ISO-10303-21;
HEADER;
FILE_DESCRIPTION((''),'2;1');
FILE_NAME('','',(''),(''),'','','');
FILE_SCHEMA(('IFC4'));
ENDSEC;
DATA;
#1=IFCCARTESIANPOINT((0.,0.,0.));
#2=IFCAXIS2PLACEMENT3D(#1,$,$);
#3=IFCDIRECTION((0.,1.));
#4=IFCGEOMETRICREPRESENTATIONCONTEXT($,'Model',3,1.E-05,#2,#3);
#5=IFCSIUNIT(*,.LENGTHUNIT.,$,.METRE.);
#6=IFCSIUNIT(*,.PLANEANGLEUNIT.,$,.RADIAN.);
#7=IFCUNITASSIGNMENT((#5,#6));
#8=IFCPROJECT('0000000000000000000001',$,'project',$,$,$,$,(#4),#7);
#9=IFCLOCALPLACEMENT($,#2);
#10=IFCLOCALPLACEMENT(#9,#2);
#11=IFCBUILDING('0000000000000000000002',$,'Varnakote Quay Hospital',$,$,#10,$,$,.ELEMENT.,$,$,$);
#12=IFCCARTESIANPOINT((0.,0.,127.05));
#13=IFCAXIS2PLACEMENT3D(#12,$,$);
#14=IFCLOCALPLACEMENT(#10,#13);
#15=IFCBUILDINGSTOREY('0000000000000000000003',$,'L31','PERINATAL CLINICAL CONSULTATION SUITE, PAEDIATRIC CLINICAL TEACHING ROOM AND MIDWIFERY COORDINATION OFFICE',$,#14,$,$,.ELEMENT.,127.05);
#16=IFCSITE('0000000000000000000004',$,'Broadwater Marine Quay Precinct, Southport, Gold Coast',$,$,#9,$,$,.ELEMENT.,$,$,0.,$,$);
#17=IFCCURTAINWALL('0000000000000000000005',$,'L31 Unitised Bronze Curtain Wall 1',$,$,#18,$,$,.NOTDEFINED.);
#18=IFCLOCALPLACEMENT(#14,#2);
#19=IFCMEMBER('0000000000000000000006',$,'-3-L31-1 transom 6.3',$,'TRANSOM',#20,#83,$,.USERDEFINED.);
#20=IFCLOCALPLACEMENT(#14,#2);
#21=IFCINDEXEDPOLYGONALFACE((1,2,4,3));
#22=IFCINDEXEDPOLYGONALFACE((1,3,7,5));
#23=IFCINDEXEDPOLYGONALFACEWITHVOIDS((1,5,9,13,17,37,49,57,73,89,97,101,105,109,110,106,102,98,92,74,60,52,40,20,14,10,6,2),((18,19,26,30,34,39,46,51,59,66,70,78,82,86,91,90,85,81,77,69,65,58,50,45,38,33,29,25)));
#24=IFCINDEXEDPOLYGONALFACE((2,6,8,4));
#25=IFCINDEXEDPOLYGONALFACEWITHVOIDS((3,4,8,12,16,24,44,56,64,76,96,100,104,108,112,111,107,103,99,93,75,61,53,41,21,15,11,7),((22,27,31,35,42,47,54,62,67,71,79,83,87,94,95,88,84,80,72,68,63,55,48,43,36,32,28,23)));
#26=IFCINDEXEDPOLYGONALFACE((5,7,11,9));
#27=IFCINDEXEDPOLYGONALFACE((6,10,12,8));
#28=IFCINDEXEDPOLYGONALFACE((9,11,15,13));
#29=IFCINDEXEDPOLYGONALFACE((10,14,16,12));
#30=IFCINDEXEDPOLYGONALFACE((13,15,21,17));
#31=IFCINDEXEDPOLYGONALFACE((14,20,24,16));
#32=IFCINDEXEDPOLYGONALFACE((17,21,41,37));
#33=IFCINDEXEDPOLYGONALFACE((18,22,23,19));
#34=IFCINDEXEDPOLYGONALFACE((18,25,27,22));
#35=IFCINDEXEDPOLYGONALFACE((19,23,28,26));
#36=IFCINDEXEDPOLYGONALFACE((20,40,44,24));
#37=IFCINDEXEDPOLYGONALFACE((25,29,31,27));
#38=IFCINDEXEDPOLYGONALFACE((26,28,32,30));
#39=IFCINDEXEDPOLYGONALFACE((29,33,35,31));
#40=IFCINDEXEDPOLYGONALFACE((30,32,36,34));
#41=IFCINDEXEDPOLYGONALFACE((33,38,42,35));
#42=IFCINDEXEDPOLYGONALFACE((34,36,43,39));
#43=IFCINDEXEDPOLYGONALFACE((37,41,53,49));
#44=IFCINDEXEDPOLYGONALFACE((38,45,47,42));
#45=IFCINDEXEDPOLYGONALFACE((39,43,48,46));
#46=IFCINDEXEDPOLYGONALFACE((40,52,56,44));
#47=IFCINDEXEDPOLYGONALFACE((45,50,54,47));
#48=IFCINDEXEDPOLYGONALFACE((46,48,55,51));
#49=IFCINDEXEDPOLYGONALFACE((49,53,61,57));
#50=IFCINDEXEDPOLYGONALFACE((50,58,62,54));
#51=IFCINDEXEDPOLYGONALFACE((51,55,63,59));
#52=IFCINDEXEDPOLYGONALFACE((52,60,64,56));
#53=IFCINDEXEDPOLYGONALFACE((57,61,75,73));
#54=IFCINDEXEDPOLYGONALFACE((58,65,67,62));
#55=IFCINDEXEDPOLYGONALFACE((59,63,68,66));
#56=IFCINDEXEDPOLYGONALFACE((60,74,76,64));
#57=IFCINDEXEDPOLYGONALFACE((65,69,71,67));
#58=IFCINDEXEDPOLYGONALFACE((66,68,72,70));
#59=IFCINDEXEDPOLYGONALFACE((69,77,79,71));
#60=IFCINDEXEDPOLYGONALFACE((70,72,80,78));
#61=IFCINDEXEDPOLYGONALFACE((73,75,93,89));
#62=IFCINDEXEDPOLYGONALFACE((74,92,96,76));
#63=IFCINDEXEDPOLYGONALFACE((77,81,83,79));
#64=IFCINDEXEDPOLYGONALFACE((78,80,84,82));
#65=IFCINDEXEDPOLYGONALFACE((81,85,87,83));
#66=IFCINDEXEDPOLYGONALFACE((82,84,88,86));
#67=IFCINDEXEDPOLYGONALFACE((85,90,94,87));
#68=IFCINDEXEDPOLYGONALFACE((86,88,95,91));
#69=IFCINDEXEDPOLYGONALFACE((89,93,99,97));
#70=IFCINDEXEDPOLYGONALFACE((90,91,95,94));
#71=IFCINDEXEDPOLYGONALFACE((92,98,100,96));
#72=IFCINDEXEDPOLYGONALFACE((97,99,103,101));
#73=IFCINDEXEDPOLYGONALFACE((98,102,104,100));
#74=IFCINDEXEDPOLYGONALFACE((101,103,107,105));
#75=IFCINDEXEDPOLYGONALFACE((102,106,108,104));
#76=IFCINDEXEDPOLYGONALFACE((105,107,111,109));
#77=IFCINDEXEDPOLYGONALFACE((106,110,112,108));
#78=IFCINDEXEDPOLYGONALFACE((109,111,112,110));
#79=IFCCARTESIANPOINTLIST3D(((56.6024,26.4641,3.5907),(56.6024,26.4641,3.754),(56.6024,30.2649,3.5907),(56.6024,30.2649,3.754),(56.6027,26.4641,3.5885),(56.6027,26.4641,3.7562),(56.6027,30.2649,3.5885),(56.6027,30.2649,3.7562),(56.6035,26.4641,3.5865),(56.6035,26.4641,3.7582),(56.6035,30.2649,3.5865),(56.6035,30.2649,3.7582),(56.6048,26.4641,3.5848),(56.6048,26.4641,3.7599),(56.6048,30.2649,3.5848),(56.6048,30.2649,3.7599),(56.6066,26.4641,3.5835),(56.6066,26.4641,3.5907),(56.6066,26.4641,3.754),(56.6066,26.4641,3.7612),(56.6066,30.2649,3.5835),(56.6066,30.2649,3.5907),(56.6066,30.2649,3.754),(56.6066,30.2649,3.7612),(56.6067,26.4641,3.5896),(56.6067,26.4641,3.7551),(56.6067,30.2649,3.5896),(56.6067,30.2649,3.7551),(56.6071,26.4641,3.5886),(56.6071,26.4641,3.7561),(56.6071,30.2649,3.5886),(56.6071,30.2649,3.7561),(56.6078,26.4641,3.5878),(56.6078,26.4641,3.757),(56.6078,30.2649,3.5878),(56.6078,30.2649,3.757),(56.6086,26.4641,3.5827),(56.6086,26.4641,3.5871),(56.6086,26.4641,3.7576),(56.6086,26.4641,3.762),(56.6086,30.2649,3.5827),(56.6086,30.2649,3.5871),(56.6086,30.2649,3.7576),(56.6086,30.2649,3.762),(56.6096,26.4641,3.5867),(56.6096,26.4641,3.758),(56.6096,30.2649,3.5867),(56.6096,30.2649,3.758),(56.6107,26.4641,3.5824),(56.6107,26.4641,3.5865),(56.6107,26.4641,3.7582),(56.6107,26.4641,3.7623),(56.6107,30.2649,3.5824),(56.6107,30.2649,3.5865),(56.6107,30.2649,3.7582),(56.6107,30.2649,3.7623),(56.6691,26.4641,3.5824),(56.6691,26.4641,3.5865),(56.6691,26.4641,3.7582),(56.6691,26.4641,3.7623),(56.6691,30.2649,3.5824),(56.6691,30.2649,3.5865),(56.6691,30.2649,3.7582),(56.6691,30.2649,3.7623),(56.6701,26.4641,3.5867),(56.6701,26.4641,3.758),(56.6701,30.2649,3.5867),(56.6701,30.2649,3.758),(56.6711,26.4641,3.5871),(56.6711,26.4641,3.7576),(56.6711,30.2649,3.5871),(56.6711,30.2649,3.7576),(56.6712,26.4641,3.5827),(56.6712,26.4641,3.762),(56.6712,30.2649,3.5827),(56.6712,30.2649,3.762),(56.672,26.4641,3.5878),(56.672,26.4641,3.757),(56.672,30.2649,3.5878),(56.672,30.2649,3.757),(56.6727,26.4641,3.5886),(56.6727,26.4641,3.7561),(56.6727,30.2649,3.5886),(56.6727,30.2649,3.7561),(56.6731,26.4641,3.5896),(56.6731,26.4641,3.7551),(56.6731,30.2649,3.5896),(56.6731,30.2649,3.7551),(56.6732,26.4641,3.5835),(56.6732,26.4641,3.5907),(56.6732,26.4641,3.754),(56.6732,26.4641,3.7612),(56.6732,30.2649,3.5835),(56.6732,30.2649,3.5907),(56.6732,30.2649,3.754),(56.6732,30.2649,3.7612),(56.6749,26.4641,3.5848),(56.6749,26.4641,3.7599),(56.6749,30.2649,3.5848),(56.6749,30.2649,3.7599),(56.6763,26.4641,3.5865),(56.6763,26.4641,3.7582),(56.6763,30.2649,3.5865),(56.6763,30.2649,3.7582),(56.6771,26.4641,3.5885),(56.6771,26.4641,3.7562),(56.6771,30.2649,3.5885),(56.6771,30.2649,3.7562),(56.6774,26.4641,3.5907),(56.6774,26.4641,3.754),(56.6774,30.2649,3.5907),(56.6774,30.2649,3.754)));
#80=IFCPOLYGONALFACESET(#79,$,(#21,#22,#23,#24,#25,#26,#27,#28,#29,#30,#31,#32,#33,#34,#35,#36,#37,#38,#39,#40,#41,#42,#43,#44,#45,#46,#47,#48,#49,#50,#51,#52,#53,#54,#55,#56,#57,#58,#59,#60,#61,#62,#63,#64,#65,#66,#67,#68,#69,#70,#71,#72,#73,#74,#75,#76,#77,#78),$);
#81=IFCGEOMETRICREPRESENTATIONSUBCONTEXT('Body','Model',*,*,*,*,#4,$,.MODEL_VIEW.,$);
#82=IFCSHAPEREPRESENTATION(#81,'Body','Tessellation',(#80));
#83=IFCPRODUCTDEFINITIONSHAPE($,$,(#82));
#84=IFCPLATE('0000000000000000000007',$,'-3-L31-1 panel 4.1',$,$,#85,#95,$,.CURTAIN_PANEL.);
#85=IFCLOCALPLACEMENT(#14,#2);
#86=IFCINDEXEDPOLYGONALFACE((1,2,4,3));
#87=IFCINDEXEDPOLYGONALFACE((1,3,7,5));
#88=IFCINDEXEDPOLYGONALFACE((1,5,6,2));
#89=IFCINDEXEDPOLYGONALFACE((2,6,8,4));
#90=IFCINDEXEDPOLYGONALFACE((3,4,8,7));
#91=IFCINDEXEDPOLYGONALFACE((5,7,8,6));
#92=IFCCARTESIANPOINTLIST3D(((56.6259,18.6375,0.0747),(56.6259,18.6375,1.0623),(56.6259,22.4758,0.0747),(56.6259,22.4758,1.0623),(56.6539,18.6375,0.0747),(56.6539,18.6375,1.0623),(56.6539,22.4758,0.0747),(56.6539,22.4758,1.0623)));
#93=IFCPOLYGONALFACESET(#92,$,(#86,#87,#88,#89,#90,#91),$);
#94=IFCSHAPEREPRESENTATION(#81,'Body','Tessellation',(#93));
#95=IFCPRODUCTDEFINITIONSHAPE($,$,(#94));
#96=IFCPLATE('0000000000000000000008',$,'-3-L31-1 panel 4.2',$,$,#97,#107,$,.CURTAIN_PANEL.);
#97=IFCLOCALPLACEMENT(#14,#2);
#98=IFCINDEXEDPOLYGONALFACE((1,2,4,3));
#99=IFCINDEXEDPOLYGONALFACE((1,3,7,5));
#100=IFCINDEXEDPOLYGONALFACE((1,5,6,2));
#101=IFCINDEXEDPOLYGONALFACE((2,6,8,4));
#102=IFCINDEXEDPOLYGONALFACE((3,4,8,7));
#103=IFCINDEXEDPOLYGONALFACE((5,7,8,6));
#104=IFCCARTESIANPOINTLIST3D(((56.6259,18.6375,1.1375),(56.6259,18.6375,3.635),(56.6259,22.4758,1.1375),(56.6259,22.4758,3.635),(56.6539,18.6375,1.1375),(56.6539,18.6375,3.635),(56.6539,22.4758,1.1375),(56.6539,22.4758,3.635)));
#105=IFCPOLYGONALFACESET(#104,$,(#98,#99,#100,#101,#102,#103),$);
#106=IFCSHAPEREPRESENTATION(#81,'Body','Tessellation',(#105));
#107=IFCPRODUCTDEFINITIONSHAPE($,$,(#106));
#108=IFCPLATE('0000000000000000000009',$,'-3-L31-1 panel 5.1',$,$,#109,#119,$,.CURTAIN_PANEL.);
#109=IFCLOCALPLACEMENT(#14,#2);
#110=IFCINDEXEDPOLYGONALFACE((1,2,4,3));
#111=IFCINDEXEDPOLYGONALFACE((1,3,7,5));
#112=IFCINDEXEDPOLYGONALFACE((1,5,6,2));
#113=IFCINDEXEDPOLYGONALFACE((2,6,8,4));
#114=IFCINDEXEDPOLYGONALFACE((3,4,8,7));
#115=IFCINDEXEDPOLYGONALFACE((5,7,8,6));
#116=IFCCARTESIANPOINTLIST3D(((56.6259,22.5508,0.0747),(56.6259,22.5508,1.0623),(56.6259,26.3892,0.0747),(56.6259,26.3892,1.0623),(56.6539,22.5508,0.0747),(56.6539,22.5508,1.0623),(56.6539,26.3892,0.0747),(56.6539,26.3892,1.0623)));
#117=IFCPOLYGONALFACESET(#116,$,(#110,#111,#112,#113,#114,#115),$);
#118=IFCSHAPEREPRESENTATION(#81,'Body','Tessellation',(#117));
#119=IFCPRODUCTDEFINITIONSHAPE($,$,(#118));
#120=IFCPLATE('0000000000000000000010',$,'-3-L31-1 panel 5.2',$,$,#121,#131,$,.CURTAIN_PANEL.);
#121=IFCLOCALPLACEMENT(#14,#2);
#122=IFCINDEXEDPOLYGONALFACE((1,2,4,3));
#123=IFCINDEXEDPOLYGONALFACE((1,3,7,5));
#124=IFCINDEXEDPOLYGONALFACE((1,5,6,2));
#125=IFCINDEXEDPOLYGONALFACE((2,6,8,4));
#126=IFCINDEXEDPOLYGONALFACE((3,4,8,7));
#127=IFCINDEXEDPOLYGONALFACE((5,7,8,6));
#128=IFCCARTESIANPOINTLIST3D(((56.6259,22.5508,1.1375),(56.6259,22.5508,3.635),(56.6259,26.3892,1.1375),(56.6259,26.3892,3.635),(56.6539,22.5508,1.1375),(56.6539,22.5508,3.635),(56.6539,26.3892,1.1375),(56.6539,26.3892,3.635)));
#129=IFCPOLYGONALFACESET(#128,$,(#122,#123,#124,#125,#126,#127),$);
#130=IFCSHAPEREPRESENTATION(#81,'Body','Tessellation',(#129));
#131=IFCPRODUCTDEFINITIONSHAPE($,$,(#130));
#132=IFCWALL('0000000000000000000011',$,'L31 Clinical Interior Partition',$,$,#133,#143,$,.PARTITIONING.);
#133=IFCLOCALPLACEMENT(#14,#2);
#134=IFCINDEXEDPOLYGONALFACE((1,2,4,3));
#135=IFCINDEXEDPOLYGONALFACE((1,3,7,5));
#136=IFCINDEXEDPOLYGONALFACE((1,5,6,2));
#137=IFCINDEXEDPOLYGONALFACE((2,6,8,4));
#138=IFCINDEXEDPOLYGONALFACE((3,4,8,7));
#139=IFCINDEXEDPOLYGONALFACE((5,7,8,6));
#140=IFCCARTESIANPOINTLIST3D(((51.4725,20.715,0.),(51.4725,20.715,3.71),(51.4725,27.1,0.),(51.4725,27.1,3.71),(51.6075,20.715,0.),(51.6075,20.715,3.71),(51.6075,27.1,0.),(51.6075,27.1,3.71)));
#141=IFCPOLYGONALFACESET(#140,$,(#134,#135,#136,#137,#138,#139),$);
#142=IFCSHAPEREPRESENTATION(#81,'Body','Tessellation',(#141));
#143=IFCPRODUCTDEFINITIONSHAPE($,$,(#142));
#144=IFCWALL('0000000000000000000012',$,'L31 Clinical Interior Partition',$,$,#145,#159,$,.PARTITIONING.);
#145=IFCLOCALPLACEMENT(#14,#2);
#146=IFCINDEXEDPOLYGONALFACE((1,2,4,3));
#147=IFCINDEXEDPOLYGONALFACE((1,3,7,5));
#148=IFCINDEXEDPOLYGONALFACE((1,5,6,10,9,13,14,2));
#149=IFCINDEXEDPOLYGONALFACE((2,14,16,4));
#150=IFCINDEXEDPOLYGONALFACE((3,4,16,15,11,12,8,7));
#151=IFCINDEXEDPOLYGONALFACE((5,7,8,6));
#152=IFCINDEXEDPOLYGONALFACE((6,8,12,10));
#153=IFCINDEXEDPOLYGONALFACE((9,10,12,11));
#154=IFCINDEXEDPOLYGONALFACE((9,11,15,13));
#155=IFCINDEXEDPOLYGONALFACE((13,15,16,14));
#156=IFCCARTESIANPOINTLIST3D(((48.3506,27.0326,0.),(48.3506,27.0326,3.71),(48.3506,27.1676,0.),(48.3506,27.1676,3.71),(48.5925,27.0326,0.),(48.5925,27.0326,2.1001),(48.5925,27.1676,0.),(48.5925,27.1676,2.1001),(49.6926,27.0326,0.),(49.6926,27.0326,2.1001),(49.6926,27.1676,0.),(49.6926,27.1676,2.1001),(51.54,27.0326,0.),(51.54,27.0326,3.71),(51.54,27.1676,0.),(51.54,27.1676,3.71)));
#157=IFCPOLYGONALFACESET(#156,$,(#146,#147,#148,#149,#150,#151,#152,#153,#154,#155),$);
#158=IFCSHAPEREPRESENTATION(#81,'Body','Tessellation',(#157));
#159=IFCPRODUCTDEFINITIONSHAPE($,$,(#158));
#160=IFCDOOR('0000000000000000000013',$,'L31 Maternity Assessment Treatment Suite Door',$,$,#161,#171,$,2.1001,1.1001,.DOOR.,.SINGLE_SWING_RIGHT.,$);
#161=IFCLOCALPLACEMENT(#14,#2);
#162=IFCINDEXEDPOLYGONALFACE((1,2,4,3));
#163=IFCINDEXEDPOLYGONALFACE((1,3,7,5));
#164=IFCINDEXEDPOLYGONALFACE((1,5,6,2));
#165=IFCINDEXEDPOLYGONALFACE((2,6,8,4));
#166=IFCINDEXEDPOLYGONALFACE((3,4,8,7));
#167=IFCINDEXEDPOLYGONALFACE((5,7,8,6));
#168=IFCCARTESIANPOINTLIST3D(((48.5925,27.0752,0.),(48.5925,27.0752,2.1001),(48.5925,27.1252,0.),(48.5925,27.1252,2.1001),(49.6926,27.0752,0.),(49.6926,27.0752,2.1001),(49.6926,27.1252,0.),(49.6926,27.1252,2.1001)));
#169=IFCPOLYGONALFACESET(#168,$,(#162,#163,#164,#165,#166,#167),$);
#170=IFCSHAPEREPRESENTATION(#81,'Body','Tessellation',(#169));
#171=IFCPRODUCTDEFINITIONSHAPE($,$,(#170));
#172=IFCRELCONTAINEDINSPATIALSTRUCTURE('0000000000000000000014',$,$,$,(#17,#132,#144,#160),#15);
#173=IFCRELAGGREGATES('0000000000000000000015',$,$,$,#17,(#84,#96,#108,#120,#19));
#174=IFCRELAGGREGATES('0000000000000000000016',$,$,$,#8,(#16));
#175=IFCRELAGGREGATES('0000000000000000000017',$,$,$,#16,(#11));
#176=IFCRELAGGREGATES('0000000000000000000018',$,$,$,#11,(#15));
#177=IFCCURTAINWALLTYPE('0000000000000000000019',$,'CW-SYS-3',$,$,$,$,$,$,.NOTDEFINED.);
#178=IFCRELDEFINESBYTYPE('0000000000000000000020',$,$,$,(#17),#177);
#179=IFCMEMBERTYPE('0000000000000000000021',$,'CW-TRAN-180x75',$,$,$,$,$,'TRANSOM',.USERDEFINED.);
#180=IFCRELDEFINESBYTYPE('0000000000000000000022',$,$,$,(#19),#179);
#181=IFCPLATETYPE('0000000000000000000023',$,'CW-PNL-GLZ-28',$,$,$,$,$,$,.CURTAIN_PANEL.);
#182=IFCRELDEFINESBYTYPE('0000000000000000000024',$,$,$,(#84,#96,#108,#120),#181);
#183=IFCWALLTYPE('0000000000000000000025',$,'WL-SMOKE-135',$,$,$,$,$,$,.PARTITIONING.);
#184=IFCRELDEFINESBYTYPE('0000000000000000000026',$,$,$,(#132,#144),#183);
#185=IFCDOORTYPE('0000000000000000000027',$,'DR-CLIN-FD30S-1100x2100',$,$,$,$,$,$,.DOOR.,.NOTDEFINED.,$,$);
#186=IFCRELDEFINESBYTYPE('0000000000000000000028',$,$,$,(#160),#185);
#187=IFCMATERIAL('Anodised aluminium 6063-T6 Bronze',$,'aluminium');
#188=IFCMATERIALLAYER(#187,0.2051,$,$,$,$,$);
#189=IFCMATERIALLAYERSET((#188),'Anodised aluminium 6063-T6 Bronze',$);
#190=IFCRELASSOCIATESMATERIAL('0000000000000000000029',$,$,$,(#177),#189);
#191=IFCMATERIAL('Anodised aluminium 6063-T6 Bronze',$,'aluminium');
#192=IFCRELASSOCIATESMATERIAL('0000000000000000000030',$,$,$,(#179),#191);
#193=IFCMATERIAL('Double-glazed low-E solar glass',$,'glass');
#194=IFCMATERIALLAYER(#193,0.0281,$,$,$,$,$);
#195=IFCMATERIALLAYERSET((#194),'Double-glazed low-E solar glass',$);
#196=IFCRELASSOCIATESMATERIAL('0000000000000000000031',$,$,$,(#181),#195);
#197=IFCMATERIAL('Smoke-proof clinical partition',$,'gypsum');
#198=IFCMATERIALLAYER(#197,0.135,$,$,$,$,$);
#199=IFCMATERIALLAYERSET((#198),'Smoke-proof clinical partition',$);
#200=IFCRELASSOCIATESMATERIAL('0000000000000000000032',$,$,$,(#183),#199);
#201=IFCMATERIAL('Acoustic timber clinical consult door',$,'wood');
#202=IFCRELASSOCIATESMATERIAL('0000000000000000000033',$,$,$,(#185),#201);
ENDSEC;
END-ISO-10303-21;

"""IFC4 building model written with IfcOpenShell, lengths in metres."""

from ifc_helpers import new_model, si_unit, direction, frame, frame_2d, origin, origin_2d, place, context, subcontext, project, spatial, rectangle, hollow_rectangle, extrude, material, layer, layer_set, material_profile, profile_set, type_object, element, fill, aggregate, save


model = new_model("IFC4")

# Units and contexts
model_context = context("Model", 3, precision=1e-05, world=origin(), true_north=direction((0.0, 1.0)))
body_context = subcontext(model_context, "Body", "Model", "MODEL_VIEW")
ifc_project = project(units=[si_unit("LENGTHUNIT", "METRE"), si_unit("PLANEANGLEUNIT", "RADIAN")], contexts=[model_context])

# Site, building, storey
site_placement = place(None, origin())
site = spatial("IfcSite", under=ifc_project, at=site_placement, Name="Broadwater Marine Quay Precinct, Southport, Gold Coast", CompositionType="ELEMENT", RefElevation=0.0)
building_placement = place(site_placement, origin())
building = spatial("IfcBuilding", under=site, at=building_placement, Name="Varnakote Quay Hospital", CompositionType="ELEMENT")
storey_placement = place(building_placement, frame((0.0, 0.0, 127.05)))
storey = spatial("IfcBuildingStorey", under=building, at=storey_placement, Name="L31", Description="PERINATAL CLINICAL CONSULTATION SUITE, PAEDIATRIC CLINICAL TEACHING ROOM AND MIDWIFERY COORDINATION OFFICE", CompositionType="ELEMENT", Elevation=127.05)

# Curtain wall, member, plates
ifc_material_1 = material(Name="Anodised aluminium 6063-T6 Bronze", Category="aluminium")
ifc_layer_1 = layer(ifc_material_1, 0.2051)
ifc_layer_set_1 = layer_set([ifc_layer_1], Name="Anodised aluminium 6063-T6 Bronze")
curtain_wall_type = type_object("IfcCurtainWallType", Name="CW-SYS-3", PredefinedType="NOTDEFINED", material=ifc_layer_set_1)
curtain_wall_placement = place(storey_placement, origin())
curtain_wall = element("IfcCurtainWall", 1, at=curtain_wall_placement, inside=storey, type_object=curtain_wall_type, Name="L31 Unitised Bronze Curtain Wall 1", PredefinedType="NOTDEFINED")
ifc_material_2 = material(Name="Anodised aluminium 6063-T6 Bronze", Category="aluminium")
ifc_material_profile_1 = material_profile(ifc_material_2, hollow_rectangle(XDim=0.075, YDim=0.1799, WallThickness=0.0042, InnerFilletRadius=0.0042, OuterFilletRadius=0.0083, at=origin_2d()), Name="CW-TRAN-180x75")
ifc_profile_set_1 = profile_set([ifc_material_profile_1], Name="Anodised aluminium 6063-T6 Bronze")
member_type_1 = type_object("IfcMemberType", Name="CW-TRAN-180x75", ElementType="TRANSOM", PredefinedType="USERDEFINED", material=ifc_profile_set_1)
member_1_placement = place(storey_placement, frame((56.6399, 26.4641, 3.6724), z_axis=(0.0, 1.0, 0.0), x_axis=(-1.0, 0.0, 0.0)))
member_1 = element("IfcMember", 2, at=member_1_placement, type_object=member_type_1, Name="-3-L31-1 transom 6.3", ObjectType="TRANSOM", PredefinedType="USERDEFINED", context=body_context, shape_type="SweptSolid", body=[
    extrude(hollow_rectangle(XDim=0.075, YDim=0.1799, WallThickness=0.0042, InnerFilletRadius=0.0042, OuterFilletRadius=0.0083, at=origin_2d()), origin(), (0.0, 0.0, 1.0), 3.8008),
])
ifc_material_3 = material(Name="Double-glazed low-E solar glass", Category="glass")
ifc_layer_2 = layer(ifc_material_3, 0.0281)
ifc_layer_set_2 = layer_set([ifc_layer_2], Name="Double-glazed low-E solar glass")
plate_type = type_object("IfcPlateType", Name="CW-PNL-GLZ-28", PredefinedType="CURTAIN_PANEL", material=ifc_layer_set_2)
plate_1_placement = place(storey_placement, frame((56.6399, 20.5566, 0.0747), z_axis=(0.0, 0.0, 1.0), x_axis=(0.0, 1.0, 0.0)))
plate_1 = element("IfcPlate", 3, at=plate_1_placement, type_object=plate_type, Name="-3-L31-1 panel 4.1", PredefinedType="CURTAIN_PANEL", context=body_context, shape_type="SweptSolid", body=[
    extrude(rectangle(XDim=3.8384, YDim=0.0281, at=origin_2d()), origin(), (0.0, 0.0, 1.0), 0.9875),
])
plate_2_placement = place(storey_placement, frame((56.6399, 20.5566, 1.1375), z_axis=(0.0, 0.0, 1.0), x_axis=(0.0, 1.0, 0.0)))
plate_2 = element("IfcPlate", 4, at=plate_2_placement, type_object=plate_type, Name="-3-L31-1 panel 4.2", PredefinedType="CURTAIN_PANEL", context=body_context, shape_type="SweptSolid", body=[
    extrude(rectangle(XDim=3.8384, YDim=0.0281, at=origin_2d()), origin(), (0.0, 0.0, 1.0), 2.4976),
])
plate_3_placement = place(storey_placement, frame((56.6399, 24.47, 0.0747), z_axis=(0.0, 0.0, 1.0), x_axis=(0.0, 1.0, 0.0)))
plate_3 = element("IfcPlate", 5, at=plate_3_placement, type_object=plate_type, Name="-3-L31-1 panel 5.1", PredefinedType="CURTAIN_PANEL", context=body_context, shape_type="SweptSolid", body=[
    extrude(rectangle(XDim=3.8384, YDim=0.0281, at=origin_2d()), origin(), (0.0, 0.0, 1.0), 0.9875),
])
plate_4_placement = place(storey_placement, frame((56.6399, 24.47, 1.1375), z_axis=(0.0, 0.0, 1.0), x_axis=(0.0, 1.0, 0.0)))
plate_4 = element("IfcPlate", 6, at=plate_4_placement, type_object=plate_type, Name="-3-L31-1 panel 5.2", PredefinedType="CURTAIN_PANEL", context=body_context, shape_type="SweptSolid", body=[
    extrude(rectangle(XDim=3.8384, YDim=0.0281, at=origin_2d()), origin(), (0.0, 0.0, 1.0), 2.4976),
])
aggregate(curtain_wall, [plate_1, plate_2, plate_3, plate_4, member_1])

# Wall
ifc_material_4 = material(Name="Smoke-proof clinical partition", Category="gypsum")
ifc_layer_3 = layer(ifc_material_4, 0.135)
ifc_layer_set_3 = layer_set([ifc_layer_3], Name="Smoke-proof clinical partition")
wall_type_1 = type_object("IfcWallType", Name="WL-SMOKE-135", PredefinedType="PARTITIONING", material=ifc_layer_set_3)
wall_1_placement = place(storey_placement, frame((51.54, 20.7151, 0.0), z_axis=(0.0, 0.0, 1.0), x_axis=(0.0, 1.0, 0.0)))
element("IfcWall", 7, at=wall_1_placement, inside=storey, type_object=wall_type_1, Name="L31 Clinical Interior Partition", PredefinedType="PARTITIONING", context=body_context, shape_type="SweptSolid", body=[
    extrude(rectangle(XDim=6.385, YDim=0.135, at=frame_2d((3.1924, 0.0))), origin(), (0.0, 0.0, 1.0), 3.71),
])

# Wall, opening, door
wall_2_placement = place(storey_placement, frame((51.54, 27.1001, 0.0), z_axis=(0.0, 0.0, 1.0), x_axis=(-1.0, 0.0, 0.0)))
wall_2 = element("IfcWall", 8, at=wall_2_placement, inside=storey, type_object=wall_type_1, Name="L31 Clinical Interior Partition", PredefinedType="PARTITIONING", context=body_context, shape_type="SweptSolid", body=[
    extrude(rectangle(XDim=3.1895, YDim=0.135, at=frame_2d((1.5947, 0.0))), origin(), (0.0, 0.0, 1.0), 3.71),
])
opening_1_placement = place(wall_2_placement, frame((1.8474, 0.0, 0.0)))
opening_1 = element("IfcOpeningElement", 9, at=opening_1_placement, cuts=wall_2, PredefinedType="OPENING", context=body_context, shape_type="SweptSolid", body=[
    extrude(rectangle(XDim=1.1001, YDim=2.1001, at=frame_2d((0.55, 1.05))), frame((0.0, 0.0774, 0.0), z_axis=(0.0, -1.0, 0.0), x_axis=(1.0, 0.0, 0.0)), (0.0, 0.0, 1.0), 0.155),
])
ifc_material_5 = material(Name="Acoustic timber clinical consult door", Category="wood")
door_type = type_object("IfcDoorType", Name="DR-CLIN-FD30S-1100x2100", OperationType="NOTDEFINED", PredefinedType="DOOR", material=ifc_material_5)
door_1_placement = place(opening_1_placement, origin())
door_1 = element("IfcDoor", 10, at=door_1_placement, inside=storey, type_object=door_type, Name="L31 Maternity Assessment Treatment Suite Door", OperationType="SINGLE_SWING_RIGHT", OverallHeight=2.1001, OverallWidth=1.1001, PredefinedType="DOOR", context=body_context, shape_type="SweptSolid", body=[
    extrude(rectangle(XDim=1.1001, YDim=2.1001, at=frame_2d((0.55, 1.05))), frame((0.0, 0.0249, 0.0), z_axis=(0.0, -1.0, 0.0), x_axis=(1.0, 0.0, 0.0)), (0.0, 0.0, 1.0), 0.05),
])
fill(opening_1, door_1)

save(model, "model.ifc")
